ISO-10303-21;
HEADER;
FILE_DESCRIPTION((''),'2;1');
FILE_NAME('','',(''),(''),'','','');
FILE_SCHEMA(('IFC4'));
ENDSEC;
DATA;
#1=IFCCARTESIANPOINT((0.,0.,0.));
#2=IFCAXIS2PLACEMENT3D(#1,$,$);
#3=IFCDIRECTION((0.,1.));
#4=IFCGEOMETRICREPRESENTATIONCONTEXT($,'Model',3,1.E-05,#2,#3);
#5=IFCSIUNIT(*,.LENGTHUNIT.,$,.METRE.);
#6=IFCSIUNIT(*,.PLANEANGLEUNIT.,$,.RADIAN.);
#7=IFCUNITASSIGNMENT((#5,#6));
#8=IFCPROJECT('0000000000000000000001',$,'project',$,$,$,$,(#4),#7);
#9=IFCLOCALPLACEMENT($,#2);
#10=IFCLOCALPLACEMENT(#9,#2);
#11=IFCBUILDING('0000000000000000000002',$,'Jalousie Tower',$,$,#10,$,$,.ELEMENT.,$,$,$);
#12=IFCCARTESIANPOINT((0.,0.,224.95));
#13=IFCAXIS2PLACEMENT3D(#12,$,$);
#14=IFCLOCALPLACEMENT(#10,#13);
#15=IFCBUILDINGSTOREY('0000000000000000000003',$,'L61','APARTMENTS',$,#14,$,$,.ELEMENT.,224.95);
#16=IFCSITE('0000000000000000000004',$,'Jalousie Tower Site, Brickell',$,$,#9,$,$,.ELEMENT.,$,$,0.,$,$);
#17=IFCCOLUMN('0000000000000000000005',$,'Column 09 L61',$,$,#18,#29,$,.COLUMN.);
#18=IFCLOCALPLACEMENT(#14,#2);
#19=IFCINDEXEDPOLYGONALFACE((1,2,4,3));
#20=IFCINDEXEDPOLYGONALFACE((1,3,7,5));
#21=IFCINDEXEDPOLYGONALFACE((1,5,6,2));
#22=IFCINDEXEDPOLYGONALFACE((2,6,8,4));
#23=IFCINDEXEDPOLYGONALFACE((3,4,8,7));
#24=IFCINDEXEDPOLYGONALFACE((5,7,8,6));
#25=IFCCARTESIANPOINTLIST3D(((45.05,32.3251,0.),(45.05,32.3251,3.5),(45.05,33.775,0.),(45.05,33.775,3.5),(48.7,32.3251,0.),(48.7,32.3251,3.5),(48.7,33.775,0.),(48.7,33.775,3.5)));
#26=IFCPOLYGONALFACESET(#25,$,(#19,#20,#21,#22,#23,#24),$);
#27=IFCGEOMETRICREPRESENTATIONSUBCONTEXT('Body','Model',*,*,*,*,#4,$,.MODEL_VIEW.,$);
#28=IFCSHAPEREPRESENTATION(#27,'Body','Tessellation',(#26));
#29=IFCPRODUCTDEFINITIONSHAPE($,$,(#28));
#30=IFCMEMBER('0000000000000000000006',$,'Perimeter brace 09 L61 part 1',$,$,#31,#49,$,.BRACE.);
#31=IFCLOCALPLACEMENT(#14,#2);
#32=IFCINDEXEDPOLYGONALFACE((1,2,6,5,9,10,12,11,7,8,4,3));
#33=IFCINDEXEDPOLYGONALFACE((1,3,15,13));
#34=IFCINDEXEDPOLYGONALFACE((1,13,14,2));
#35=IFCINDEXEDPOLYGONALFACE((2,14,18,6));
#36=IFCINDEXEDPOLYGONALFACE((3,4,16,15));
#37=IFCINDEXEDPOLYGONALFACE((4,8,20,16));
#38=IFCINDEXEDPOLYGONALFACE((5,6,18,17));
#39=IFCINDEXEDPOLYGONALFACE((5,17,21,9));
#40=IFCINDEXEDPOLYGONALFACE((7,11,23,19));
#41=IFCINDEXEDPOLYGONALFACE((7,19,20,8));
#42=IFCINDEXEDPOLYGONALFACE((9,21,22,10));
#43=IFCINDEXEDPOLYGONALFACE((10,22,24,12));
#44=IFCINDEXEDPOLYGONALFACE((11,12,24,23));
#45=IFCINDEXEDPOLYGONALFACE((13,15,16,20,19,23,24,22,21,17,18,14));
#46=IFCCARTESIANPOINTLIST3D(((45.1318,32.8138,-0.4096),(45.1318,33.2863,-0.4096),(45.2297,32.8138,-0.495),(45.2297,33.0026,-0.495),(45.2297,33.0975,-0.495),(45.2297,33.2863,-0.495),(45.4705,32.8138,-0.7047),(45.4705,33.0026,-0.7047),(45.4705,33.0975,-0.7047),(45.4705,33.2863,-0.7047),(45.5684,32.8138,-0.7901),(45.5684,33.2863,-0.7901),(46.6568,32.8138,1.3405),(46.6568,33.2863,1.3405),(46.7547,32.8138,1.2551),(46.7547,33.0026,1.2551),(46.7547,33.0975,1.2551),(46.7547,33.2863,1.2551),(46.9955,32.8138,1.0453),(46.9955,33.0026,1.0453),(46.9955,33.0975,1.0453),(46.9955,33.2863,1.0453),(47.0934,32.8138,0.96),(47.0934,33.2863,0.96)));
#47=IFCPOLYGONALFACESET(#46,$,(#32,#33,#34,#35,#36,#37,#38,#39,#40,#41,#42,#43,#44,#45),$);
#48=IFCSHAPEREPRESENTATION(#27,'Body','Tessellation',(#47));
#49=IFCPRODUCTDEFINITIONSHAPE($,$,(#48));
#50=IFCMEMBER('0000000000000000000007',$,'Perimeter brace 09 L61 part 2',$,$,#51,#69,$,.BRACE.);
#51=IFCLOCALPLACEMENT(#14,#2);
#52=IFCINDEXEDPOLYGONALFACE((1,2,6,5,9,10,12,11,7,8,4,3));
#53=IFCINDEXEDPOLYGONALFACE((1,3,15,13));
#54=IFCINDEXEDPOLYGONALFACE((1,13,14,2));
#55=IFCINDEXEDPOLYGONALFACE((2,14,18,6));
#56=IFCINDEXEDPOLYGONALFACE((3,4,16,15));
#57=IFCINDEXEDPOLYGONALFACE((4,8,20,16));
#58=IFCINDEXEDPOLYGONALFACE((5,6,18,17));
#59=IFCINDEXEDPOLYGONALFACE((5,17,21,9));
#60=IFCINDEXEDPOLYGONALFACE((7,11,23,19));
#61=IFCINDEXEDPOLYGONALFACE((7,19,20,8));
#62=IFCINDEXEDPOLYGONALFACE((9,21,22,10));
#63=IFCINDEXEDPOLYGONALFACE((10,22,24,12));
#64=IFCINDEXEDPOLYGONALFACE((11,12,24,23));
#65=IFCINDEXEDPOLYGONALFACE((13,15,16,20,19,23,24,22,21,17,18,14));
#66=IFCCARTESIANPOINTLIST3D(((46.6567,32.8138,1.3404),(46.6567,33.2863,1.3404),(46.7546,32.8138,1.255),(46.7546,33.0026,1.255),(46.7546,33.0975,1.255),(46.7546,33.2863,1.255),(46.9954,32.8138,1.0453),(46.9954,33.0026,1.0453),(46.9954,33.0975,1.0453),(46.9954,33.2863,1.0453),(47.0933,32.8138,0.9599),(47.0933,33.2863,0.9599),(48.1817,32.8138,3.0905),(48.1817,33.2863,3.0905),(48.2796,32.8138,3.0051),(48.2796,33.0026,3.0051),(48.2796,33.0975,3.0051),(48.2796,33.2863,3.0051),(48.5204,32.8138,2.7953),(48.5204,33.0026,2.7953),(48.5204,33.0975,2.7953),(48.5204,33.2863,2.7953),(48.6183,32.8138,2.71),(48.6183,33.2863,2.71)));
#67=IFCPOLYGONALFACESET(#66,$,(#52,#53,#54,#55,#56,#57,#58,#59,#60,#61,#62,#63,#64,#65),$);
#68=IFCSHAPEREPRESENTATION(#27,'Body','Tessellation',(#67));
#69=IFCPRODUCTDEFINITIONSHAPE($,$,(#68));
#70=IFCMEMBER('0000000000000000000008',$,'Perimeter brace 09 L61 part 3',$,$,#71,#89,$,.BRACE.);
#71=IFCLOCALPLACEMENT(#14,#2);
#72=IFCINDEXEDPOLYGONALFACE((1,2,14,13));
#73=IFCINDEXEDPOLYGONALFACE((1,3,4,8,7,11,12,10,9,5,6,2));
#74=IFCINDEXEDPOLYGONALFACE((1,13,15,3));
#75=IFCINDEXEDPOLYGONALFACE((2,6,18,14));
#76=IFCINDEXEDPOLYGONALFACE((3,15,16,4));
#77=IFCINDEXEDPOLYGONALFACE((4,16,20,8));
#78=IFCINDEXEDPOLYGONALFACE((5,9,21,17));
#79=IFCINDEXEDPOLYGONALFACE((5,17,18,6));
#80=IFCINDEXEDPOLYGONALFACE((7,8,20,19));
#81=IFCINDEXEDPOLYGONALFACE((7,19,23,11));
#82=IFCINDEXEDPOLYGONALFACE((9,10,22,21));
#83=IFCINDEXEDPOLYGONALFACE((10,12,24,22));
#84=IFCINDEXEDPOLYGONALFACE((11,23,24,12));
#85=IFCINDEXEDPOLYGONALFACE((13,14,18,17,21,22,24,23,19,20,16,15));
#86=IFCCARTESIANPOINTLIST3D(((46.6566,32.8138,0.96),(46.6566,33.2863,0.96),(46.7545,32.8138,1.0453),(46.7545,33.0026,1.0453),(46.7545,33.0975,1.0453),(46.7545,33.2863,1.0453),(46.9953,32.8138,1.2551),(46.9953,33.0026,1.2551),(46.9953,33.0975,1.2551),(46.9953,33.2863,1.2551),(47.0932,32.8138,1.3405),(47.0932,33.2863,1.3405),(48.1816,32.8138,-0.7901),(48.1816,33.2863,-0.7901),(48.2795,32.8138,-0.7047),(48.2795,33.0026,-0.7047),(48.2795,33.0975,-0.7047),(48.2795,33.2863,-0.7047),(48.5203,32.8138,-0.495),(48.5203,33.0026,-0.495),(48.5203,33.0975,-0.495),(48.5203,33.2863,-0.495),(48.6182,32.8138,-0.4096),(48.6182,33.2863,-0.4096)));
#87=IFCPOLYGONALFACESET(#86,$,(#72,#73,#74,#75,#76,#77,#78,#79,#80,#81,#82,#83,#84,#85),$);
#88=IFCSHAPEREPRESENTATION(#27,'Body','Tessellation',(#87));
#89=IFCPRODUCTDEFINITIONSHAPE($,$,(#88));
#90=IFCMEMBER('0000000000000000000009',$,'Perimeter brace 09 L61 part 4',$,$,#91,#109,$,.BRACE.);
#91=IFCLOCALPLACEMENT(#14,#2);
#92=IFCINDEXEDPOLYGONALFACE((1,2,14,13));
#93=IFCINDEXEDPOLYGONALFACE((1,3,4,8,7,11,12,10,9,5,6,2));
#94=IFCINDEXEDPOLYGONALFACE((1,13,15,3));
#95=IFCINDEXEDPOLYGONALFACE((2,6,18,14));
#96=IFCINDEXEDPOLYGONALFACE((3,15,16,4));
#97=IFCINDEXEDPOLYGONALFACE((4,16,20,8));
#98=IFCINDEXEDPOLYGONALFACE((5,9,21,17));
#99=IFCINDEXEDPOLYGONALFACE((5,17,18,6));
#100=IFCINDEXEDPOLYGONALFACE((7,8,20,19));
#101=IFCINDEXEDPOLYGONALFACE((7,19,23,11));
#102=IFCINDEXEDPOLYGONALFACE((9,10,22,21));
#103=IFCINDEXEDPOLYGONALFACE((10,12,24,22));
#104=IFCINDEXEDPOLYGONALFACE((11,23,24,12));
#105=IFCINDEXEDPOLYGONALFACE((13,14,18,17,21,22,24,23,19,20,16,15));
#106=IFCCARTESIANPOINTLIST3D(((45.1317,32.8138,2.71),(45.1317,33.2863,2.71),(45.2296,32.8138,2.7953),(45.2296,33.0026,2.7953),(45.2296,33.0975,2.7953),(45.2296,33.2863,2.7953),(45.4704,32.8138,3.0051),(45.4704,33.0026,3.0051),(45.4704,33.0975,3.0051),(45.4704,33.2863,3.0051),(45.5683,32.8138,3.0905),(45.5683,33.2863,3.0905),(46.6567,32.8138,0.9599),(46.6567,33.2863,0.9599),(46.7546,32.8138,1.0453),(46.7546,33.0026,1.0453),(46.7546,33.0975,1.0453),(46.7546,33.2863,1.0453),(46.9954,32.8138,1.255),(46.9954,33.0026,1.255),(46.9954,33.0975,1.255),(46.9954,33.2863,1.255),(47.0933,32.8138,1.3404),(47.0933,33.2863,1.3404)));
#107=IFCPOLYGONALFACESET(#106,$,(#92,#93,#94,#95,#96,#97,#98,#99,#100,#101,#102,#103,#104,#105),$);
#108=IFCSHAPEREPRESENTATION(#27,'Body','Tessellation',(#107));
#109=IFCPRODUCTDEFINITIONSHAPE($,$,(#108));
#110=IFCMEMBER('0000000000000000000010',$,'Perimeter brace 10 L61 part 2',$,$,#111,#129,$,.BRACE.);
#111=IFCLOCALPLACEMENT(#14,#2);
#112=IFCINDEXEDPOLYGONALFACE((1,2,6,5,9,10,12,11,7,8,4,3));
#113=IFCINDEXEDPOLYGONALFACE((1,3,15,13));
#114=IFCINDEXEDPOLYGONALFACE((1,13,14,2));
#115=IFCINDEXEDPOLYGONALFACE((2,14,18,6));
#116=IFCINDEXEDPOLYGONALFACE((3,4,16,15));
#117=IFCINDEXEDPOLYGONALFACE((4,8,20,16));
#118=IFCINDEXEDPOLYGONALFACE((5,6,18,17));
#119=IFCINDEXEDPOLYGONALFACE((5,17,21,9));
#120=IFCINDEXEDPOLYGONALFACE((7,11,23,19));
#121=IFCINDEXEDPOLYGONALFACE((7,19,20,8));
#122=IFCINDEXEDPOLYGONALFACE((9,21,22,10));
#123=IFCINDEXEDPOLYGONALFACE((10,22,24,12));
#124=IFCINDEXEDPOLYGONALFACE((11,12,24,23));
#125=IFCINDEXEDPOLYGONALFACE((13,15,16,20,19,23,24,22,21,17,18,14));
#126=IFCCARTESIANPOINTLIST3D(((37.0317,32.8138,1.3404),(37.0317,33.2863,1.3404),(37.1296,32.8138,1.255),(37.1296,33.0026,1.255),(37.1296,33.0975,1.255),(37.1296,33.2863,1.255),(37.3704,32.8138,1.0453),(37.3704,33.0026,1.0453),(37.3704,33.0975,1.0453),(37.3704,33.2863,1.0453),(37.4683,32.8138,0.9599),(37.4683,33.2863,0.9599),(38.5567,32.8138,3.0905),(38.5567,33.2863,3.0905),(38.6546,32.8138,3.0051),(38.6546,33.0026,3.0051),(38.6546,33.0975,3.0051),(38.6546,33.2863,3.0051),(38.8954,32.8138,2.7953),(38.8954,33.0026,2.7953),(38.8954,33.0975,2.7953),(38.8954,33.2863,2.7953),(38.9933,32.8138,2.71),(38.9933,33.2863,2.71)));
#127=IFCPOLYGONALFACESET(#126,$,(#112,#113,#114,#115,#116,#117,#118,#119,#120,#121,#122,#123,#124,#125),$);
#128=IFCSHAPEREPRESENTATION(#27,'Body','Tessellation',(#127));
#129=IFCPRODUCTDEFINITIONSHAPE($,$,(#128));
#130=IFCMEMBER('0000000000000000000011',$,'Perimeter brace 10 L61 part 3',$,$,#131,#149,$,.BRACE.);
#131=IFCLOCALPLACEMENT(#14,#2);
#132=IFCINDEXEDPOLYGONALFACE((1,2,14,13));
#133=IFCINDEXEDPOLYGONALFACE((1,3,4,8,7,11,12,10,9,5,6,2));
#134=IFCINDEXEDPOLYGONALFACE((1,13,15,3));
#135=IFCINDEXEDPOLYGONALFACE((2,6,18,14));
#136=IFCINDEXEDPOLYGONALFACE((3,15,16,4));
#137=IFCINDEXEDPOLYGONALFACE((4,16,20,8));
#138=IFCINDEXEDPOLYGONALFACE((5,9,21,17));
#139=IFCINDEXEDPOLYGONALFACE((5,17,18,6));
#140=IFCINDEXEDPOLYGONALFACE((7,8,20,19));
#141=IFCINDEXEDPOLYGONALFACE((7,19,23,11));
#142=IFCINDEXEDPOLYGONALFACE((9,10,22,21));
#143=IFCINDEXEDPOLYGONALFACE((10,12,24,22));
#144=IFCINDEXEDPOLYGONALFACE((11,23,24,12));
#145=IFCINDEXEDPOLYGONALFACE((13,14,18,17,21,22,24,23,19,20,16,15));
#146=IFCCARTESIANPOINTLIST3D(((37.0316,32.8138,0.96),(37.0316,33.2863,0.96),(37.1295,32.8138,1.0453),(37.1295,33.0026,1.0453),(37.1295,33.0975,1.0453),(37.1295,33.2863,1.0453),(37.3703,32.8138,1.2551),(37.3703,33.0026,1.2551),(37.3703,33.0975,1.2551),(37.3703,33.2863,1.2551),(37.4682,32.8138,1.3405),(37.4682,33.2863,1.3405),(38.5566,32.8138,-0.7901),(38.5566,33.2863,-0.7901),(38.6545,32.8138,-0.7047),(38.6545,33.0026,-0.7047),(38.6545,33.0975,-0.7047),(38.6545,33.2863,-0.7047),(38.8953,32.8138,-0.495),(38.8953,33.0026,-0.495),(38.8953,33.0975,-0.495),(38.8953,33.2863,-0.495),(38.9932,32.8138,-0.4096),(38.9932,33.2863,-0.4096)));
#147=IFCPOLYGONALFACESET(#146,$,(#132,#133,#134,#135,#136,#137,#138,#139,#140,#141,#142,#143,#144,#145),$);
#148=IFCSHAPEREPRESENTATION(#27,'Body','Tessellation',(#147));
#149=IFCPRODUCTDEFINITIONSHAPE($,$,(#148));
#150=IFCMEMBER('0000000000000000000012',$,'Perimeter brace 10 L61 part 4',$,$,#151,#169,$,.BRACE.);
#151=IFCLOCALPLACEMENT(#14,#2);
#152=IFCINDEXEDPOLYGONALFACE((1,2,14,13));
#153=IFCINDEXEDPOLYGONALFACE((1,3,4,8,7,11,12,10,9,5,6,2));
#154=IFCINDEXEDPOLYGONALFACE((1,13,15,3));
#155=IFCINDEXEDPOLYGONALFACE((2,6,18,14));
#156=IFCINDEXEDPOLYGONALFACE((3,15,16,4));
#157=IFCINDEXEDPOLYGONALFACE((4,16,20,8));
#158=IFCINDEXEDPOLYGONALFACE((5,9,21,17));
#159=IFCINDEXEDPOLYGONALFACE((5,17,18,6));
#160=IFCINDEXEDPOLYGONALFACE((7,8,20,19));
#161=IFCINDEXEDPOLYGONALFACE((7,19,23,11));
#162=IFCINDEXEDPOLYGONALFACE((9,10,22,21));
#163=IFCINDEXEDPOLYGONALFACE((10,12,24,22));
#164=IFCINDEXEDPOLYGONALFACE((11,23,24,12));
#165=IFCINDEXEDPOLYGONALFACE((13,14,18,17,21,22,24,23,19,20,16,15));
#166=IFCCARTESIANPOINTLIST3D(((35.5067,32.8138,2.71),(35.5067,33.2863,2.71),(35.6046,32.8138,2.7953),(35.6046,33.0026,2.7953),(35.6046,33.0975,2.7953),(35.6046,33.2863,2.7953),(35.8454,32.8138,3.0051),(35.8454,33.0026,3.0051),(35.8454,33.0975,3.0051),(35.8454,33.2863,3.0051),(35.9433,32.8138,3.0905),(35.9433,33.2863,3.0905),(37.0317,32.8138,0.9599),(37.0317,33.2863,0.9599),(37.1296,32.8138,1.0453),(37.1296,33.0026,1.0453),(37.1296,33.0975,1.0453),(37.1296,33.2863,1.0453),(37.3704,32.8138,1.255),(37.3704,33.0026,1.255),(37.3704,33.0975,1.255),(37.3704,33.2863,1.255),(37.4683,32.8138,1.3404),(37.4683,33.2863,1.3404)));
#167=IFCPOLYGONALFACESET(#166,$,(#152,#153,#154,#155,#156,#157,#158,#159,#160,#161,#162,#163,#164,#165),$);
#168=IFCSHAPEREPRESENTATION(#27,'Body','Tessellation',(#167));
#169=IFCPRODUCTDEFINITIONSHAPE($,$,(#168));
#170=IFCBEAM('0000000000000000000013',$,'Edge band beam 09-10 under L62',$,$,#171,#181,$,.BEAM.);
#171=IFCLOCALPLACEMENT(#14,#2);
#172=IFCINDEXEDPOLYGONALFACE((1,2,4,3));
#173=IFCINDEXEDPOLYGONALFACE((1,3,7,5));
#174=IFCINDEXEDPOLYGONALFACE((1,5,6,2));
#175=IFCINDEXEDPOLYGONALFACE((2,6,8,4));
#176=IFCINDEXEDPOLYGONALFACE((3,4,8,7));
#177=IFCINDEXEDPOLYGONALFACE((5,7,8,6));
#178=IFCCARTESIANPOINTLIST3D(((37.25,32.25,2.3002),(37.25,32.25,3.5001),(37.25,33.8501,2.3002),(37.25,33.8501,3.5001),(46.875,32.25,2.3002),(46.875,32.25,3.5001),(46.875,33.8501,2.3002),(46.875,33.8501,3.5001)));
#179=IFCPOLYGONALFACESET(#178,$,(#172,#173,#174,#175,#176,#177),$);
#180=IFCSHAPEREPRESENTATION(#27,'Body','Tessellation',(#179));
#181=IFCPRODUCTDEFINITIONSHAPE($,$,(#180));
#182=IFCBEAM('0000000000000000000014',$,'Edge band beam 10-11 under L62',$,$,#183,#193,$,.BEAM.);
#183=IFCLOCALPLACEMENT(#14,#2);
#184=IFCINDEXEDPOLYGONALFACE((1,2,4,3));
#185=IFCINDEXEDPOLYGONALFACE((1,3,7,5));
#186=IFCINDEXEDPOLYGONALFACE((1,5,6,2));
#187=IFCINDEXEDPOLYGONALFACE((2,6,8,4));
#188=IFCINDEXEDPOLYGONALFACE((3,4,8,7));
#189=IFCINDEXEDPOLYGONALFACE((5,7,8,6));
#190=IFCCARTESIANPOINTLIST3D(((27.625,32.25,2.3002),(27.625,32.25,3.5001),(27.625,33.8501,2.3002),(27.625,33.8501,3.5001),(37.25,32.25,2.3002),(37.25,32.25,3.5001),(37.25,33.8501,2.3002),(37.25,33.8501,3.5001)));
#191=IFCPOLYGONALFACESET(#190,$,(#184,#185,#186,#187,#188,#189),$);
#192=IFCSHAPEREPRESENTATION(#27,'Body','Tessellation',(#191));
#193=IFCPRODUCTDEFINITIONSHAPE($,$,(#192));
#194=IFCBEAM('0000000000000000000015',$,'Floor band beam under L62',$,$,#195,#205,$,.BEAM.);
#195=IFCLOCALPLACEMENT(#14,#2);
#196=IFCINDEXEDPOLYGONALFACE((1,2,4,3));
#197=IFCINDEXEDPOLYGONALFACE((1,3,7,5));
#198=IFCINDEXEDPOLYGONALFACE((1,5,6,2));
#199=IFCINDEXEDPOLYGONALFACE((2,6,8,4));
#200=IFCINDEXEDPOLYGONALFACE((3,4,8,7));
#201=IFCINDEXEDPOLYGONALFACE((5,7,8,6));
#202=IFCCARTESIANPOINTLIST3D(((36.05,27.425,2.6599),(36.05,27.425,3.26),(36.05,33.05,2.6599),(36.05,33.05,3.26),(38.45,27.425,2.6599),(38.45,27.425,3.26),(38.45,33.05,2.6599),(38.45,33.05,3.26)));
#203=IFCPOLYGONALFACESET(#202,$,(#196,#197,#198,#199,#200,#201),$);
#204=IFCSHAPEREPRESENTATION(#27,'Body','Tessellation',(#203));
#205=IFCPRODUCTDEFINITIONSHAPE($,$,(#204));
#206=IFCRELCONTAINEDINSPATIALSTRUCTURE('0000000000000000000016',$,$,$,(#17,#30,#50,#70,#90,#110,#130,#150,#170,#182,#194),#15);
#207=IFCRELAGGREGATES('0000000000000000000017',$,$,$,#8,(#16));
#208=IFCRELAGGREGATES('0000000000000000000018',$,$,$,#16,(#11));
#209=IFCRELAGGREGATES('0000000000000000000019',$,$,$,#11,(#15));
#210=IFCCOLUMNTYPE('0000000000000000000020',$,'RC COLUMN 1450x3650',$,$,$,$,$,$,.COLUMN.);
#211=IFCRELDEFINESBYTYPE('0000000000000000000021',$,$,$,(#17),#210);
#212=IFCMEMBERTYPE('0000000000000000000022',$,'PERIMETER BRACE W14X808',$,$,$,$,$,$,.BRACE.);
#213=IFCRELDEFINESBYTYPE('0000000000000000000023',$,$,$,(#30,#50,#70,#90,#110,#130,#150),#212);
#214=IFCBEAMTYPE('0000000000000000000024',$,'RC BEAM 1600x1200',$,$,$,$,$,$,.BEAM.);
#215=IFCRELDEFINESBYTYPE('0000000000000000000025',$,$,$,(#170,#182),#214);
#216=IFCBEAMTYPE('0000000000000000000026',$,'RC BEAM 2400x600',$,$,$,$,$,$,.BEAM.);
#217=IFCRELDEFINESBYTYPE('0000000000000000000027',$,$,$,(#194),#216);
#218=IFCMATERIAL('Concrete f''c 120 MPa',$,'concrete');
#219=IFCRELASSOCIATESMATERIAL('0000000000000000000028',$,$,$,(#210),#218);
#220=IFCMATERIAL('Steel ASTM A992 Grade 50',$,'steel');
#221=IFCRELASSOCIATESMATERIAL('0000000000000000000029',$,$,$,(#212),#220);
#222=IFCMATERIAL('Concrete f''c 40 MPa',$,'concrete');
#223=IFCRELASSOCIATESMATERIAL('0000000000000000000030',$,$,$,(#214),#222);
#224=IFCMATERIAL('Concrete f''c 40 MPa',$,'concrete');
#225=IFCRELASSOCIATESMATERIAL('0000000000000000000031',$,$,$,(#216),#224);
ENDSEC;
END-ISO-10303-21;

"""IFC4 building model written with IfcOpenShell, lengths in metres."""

from ifc_helpers import new_model, si_unit, direction, frame, origin, origin_2d, place, context, subcontext, project, spatial, rectangle, i_section, extrude, material, material_profile, profile_set, type_object, element, save


model = new_model("IFC4")

# Units and contexts
model_context = context("Model", 3, precision=1e-05, world=origin(), true_north=direction((0.0, 1.0)))
body_context = subcontext(model_context, "Body", "Model", "MODEL_VIEW")
ifc_project = project(units=[si_unit("LENGTHUNIT", "METRE"), si_unit("PLANEANGLEUNIT", "RADIAN")], contexts=[model_context])

# Site, building, storey
site_placement = place(None, origin())
site = spatial("IfcSite", under=ifc_project, at=site_placement, Name="Jalousie Tower Site, Brickell", CompositionType="ELEMENT", RefElevation=0.0)
building_placement = place(site_placement, origin())
building = spatial("IfcBuilding", under=site, at=building_placement, Name="Jalousie Tower", CompositionType="ELEMENT")
storey_placement = place(building_placement, frame((0.0, 0.0, 224.95)))
storey = spatial("IfcBuildingStorey", under=building, at=storey_placement, Name="L61", Description="APARTMENTS", CompositionType="ELEMENT", Elevation=224.95)

# Column
ifc_material_1 = material(Name="Concrete f'c 120 MPa", Category="concrete")
ifc_material_profile_1 = material_profile(ifc_material_1, rectangle(XDim=1.45, YDim=3.6499, at=origin_2d()), Name="RC 1450x3650")
ifc_profile_set_1 = profile_set([ifc_material_profile_1], Name="Concrete f'c 120 MPa")
column_type = type_object("IfcColumnType", Name="RC COLUMN 1450x3650", PredefinedType="COLUMN", material=ifc_profile_set_1)
column_placement = place(storey_placement, frame((46.875, 33.05, 0.0), z_axis=(0.0, 0.0, 1.0), x_axis=(0.0, 1.0, 0.0)))
element("IfcColumn", 1, at=column_placement, inside=storey, type_object=column_type, Name="Column 09 L61", PredefinedType="COLUMN", context=body_context, shape_type="SweptSolid", body=[
    extrude(rectangle(XDim=1.45, YDim=3.6499, at=origin_2d()), origin(), (0.0, 0.0, 1.0), 3.5),
])

# Members
ifc_material_2 = material(Name="Steel ASTM A992 Grade 50", Category="steel")
ifc_material_profile_2 = material_profile(ifc_material_2, i_section(OverallWidth=0.4724, OverallDepth=0.5791, WebThickness=0.095, FlangeThickness=0.1299, at=origin_2d()), Name="W14X808")
ifc_profile_set_2 = profile_set([ifc_material_profile_2], Name="Steel ASTM A992 Grade 50")
member_type_1 = type_object("IfcMemberType", Name="PERIMETER BRACE W14X808", PredefinedType="BRACE", material=ifc_profile_set_2)
for number, where, z_axis, x_axis, name in (
    (2, (45.3501, 33.05, -0.5999), (0.656954, 0.0, 0.75393), (0.0, 1.0, 0.0), "Perimeter brace 09 L61 part 1"),
    (3, (46.875, 33.05, 1.1501), (0.656954, 0.0, 0.75393), (0.0, 1.0, 0.0), "Perimeter brace 09 L61 part 2"),
    (4, (48.3999, 33.05, -0.5999), (-0.656954, 0.0, 0.75393), (0.0, -1.0, 0.0), "Perimeter brace 09 L61 part 3"),
    (5, (46.875, 33.05, 1.1501), (-0.656954, 0.0, 0.75393), (0.0, -1.0, 0.0), "Perimeter brace 09 L61 part 4"),
    (6, (37.25, 33.05, 1.1501), (0.656954, 0.0, 0.75393), (0.0, 1.0, 0.0), "Perimeter brace 10 L61 part 2"),
    (7, (38.7749, 33.05, -0.5999), (-0.656954, 0.0, 0.75393), (0.0, -1.0, 0.0), "Perimeter brace 10 L61 part 3"),
    (8, (37.25, 33.05, 1.1501), (-0.656954, 0.0, 0.75393), (0.0, -1.0, 0.0), "Perimeter brace 10 L61 part 4"),
):
    element("IfcMember", number, at=place(storey_placement, frame(where, z_axis=z_axis, x_axis=x_axis)), inside=storey, type_object=member_type_1, Name=name, PredefinedType="BRACE", context=body_context, shape_type="SweptSolid", body=[
        extrude(i_section(OverallWidth=0.4724, OverallDepth=0.5791, WebThickness=0.095, FlangeThickness=0.1299, at=origin_2d()), origin(), (0.0, 0.0, 1.0), 2.3213),
    ])

# Beams
ifc_material_3 = material(Name="Concrete f'c 40 MPa", Category="concrete")
ifc_material_profile_3 = material_profile(ifc_material_3, rectangle(XDim=1.6001, YDim=1.2, at=origin_2d()), Name="RC 1600x1200")
ifc_profile_set_3 = profile_set([ifc_material_profile_3], Name="Concrete f'c 40 MPa")
beam_type_1 = type_object("IfcBeamType", Name="RC BEAM 1600x1200", PredefinedType="BEAM", material=ifc_profile_set_3)
for number, where, z_axis, x_axis, name in (
    (9, (46.875, 33.05, 2.9001), (-1.0, 0.0, 0.0), (0.0, -1.0, 0.0), "Edge band beam 09-10 under L62"),
    (10, (37.25, 33.05, 2.9001), (-1.0, 0.0, 0.0), (0.0, -1.0, 0.0), "Edge band beam 10-11 under L62"),
):
    element("IfcBeam", number, at=place(storey_placement, frame(where, z_axis=z_axis, x_axis=x_axis)), inside=storey, type_object=beam_type_1, Name=name, PredefinedType="BEAM", context=body_context, shape_type="SweptSolid", body=[
        extrude(rectangle(XDim=1.6001, YDim=1.2, at=origin_2d()), origin(), (0.0, 0.0, 1.0), 9.625),
    ])
ifc_material_4 = material(Name="Concrete f'c 40 MPa", Category="concrete")
ifc_material_profile_4 = material_profile(ifc_material_4, rectangle(XDim=2.3999, YDim=0.6001, at=origin_2d()), Name="RC 2400x600")
ifc_profile_set_4 = profile_set([ifc_material_profile_4], Name="Concrete f'c 40 MPa")
beam_type_2 = type_object("IfcBeamType", Name="RC BEAM 2400x600", PredefinedType="BEAM", material=ifc_profile_set_4)
beam_1_placement = place(storey_placement, frame((37.25, 33.05, 2.96), z_axis=(0.0, -1.0, 0.0), x_axis=(1.0, 0.0, 0.0)))
element("IfcBeam", 11, at=beam_1_placement, inside=storey, type_object=beam_type_2, Name="Floor band beam under L62", PredefinedType="BEAM", context=body_context, shape_type="SweptSolid", body=[
    extrude(rectangle(XDim=2.3999, YDim=0.6001, at=origin_2d()), origin(), (0.0, 0.0, 1.0), 5.625),
])

save(model, "model.ifc")
